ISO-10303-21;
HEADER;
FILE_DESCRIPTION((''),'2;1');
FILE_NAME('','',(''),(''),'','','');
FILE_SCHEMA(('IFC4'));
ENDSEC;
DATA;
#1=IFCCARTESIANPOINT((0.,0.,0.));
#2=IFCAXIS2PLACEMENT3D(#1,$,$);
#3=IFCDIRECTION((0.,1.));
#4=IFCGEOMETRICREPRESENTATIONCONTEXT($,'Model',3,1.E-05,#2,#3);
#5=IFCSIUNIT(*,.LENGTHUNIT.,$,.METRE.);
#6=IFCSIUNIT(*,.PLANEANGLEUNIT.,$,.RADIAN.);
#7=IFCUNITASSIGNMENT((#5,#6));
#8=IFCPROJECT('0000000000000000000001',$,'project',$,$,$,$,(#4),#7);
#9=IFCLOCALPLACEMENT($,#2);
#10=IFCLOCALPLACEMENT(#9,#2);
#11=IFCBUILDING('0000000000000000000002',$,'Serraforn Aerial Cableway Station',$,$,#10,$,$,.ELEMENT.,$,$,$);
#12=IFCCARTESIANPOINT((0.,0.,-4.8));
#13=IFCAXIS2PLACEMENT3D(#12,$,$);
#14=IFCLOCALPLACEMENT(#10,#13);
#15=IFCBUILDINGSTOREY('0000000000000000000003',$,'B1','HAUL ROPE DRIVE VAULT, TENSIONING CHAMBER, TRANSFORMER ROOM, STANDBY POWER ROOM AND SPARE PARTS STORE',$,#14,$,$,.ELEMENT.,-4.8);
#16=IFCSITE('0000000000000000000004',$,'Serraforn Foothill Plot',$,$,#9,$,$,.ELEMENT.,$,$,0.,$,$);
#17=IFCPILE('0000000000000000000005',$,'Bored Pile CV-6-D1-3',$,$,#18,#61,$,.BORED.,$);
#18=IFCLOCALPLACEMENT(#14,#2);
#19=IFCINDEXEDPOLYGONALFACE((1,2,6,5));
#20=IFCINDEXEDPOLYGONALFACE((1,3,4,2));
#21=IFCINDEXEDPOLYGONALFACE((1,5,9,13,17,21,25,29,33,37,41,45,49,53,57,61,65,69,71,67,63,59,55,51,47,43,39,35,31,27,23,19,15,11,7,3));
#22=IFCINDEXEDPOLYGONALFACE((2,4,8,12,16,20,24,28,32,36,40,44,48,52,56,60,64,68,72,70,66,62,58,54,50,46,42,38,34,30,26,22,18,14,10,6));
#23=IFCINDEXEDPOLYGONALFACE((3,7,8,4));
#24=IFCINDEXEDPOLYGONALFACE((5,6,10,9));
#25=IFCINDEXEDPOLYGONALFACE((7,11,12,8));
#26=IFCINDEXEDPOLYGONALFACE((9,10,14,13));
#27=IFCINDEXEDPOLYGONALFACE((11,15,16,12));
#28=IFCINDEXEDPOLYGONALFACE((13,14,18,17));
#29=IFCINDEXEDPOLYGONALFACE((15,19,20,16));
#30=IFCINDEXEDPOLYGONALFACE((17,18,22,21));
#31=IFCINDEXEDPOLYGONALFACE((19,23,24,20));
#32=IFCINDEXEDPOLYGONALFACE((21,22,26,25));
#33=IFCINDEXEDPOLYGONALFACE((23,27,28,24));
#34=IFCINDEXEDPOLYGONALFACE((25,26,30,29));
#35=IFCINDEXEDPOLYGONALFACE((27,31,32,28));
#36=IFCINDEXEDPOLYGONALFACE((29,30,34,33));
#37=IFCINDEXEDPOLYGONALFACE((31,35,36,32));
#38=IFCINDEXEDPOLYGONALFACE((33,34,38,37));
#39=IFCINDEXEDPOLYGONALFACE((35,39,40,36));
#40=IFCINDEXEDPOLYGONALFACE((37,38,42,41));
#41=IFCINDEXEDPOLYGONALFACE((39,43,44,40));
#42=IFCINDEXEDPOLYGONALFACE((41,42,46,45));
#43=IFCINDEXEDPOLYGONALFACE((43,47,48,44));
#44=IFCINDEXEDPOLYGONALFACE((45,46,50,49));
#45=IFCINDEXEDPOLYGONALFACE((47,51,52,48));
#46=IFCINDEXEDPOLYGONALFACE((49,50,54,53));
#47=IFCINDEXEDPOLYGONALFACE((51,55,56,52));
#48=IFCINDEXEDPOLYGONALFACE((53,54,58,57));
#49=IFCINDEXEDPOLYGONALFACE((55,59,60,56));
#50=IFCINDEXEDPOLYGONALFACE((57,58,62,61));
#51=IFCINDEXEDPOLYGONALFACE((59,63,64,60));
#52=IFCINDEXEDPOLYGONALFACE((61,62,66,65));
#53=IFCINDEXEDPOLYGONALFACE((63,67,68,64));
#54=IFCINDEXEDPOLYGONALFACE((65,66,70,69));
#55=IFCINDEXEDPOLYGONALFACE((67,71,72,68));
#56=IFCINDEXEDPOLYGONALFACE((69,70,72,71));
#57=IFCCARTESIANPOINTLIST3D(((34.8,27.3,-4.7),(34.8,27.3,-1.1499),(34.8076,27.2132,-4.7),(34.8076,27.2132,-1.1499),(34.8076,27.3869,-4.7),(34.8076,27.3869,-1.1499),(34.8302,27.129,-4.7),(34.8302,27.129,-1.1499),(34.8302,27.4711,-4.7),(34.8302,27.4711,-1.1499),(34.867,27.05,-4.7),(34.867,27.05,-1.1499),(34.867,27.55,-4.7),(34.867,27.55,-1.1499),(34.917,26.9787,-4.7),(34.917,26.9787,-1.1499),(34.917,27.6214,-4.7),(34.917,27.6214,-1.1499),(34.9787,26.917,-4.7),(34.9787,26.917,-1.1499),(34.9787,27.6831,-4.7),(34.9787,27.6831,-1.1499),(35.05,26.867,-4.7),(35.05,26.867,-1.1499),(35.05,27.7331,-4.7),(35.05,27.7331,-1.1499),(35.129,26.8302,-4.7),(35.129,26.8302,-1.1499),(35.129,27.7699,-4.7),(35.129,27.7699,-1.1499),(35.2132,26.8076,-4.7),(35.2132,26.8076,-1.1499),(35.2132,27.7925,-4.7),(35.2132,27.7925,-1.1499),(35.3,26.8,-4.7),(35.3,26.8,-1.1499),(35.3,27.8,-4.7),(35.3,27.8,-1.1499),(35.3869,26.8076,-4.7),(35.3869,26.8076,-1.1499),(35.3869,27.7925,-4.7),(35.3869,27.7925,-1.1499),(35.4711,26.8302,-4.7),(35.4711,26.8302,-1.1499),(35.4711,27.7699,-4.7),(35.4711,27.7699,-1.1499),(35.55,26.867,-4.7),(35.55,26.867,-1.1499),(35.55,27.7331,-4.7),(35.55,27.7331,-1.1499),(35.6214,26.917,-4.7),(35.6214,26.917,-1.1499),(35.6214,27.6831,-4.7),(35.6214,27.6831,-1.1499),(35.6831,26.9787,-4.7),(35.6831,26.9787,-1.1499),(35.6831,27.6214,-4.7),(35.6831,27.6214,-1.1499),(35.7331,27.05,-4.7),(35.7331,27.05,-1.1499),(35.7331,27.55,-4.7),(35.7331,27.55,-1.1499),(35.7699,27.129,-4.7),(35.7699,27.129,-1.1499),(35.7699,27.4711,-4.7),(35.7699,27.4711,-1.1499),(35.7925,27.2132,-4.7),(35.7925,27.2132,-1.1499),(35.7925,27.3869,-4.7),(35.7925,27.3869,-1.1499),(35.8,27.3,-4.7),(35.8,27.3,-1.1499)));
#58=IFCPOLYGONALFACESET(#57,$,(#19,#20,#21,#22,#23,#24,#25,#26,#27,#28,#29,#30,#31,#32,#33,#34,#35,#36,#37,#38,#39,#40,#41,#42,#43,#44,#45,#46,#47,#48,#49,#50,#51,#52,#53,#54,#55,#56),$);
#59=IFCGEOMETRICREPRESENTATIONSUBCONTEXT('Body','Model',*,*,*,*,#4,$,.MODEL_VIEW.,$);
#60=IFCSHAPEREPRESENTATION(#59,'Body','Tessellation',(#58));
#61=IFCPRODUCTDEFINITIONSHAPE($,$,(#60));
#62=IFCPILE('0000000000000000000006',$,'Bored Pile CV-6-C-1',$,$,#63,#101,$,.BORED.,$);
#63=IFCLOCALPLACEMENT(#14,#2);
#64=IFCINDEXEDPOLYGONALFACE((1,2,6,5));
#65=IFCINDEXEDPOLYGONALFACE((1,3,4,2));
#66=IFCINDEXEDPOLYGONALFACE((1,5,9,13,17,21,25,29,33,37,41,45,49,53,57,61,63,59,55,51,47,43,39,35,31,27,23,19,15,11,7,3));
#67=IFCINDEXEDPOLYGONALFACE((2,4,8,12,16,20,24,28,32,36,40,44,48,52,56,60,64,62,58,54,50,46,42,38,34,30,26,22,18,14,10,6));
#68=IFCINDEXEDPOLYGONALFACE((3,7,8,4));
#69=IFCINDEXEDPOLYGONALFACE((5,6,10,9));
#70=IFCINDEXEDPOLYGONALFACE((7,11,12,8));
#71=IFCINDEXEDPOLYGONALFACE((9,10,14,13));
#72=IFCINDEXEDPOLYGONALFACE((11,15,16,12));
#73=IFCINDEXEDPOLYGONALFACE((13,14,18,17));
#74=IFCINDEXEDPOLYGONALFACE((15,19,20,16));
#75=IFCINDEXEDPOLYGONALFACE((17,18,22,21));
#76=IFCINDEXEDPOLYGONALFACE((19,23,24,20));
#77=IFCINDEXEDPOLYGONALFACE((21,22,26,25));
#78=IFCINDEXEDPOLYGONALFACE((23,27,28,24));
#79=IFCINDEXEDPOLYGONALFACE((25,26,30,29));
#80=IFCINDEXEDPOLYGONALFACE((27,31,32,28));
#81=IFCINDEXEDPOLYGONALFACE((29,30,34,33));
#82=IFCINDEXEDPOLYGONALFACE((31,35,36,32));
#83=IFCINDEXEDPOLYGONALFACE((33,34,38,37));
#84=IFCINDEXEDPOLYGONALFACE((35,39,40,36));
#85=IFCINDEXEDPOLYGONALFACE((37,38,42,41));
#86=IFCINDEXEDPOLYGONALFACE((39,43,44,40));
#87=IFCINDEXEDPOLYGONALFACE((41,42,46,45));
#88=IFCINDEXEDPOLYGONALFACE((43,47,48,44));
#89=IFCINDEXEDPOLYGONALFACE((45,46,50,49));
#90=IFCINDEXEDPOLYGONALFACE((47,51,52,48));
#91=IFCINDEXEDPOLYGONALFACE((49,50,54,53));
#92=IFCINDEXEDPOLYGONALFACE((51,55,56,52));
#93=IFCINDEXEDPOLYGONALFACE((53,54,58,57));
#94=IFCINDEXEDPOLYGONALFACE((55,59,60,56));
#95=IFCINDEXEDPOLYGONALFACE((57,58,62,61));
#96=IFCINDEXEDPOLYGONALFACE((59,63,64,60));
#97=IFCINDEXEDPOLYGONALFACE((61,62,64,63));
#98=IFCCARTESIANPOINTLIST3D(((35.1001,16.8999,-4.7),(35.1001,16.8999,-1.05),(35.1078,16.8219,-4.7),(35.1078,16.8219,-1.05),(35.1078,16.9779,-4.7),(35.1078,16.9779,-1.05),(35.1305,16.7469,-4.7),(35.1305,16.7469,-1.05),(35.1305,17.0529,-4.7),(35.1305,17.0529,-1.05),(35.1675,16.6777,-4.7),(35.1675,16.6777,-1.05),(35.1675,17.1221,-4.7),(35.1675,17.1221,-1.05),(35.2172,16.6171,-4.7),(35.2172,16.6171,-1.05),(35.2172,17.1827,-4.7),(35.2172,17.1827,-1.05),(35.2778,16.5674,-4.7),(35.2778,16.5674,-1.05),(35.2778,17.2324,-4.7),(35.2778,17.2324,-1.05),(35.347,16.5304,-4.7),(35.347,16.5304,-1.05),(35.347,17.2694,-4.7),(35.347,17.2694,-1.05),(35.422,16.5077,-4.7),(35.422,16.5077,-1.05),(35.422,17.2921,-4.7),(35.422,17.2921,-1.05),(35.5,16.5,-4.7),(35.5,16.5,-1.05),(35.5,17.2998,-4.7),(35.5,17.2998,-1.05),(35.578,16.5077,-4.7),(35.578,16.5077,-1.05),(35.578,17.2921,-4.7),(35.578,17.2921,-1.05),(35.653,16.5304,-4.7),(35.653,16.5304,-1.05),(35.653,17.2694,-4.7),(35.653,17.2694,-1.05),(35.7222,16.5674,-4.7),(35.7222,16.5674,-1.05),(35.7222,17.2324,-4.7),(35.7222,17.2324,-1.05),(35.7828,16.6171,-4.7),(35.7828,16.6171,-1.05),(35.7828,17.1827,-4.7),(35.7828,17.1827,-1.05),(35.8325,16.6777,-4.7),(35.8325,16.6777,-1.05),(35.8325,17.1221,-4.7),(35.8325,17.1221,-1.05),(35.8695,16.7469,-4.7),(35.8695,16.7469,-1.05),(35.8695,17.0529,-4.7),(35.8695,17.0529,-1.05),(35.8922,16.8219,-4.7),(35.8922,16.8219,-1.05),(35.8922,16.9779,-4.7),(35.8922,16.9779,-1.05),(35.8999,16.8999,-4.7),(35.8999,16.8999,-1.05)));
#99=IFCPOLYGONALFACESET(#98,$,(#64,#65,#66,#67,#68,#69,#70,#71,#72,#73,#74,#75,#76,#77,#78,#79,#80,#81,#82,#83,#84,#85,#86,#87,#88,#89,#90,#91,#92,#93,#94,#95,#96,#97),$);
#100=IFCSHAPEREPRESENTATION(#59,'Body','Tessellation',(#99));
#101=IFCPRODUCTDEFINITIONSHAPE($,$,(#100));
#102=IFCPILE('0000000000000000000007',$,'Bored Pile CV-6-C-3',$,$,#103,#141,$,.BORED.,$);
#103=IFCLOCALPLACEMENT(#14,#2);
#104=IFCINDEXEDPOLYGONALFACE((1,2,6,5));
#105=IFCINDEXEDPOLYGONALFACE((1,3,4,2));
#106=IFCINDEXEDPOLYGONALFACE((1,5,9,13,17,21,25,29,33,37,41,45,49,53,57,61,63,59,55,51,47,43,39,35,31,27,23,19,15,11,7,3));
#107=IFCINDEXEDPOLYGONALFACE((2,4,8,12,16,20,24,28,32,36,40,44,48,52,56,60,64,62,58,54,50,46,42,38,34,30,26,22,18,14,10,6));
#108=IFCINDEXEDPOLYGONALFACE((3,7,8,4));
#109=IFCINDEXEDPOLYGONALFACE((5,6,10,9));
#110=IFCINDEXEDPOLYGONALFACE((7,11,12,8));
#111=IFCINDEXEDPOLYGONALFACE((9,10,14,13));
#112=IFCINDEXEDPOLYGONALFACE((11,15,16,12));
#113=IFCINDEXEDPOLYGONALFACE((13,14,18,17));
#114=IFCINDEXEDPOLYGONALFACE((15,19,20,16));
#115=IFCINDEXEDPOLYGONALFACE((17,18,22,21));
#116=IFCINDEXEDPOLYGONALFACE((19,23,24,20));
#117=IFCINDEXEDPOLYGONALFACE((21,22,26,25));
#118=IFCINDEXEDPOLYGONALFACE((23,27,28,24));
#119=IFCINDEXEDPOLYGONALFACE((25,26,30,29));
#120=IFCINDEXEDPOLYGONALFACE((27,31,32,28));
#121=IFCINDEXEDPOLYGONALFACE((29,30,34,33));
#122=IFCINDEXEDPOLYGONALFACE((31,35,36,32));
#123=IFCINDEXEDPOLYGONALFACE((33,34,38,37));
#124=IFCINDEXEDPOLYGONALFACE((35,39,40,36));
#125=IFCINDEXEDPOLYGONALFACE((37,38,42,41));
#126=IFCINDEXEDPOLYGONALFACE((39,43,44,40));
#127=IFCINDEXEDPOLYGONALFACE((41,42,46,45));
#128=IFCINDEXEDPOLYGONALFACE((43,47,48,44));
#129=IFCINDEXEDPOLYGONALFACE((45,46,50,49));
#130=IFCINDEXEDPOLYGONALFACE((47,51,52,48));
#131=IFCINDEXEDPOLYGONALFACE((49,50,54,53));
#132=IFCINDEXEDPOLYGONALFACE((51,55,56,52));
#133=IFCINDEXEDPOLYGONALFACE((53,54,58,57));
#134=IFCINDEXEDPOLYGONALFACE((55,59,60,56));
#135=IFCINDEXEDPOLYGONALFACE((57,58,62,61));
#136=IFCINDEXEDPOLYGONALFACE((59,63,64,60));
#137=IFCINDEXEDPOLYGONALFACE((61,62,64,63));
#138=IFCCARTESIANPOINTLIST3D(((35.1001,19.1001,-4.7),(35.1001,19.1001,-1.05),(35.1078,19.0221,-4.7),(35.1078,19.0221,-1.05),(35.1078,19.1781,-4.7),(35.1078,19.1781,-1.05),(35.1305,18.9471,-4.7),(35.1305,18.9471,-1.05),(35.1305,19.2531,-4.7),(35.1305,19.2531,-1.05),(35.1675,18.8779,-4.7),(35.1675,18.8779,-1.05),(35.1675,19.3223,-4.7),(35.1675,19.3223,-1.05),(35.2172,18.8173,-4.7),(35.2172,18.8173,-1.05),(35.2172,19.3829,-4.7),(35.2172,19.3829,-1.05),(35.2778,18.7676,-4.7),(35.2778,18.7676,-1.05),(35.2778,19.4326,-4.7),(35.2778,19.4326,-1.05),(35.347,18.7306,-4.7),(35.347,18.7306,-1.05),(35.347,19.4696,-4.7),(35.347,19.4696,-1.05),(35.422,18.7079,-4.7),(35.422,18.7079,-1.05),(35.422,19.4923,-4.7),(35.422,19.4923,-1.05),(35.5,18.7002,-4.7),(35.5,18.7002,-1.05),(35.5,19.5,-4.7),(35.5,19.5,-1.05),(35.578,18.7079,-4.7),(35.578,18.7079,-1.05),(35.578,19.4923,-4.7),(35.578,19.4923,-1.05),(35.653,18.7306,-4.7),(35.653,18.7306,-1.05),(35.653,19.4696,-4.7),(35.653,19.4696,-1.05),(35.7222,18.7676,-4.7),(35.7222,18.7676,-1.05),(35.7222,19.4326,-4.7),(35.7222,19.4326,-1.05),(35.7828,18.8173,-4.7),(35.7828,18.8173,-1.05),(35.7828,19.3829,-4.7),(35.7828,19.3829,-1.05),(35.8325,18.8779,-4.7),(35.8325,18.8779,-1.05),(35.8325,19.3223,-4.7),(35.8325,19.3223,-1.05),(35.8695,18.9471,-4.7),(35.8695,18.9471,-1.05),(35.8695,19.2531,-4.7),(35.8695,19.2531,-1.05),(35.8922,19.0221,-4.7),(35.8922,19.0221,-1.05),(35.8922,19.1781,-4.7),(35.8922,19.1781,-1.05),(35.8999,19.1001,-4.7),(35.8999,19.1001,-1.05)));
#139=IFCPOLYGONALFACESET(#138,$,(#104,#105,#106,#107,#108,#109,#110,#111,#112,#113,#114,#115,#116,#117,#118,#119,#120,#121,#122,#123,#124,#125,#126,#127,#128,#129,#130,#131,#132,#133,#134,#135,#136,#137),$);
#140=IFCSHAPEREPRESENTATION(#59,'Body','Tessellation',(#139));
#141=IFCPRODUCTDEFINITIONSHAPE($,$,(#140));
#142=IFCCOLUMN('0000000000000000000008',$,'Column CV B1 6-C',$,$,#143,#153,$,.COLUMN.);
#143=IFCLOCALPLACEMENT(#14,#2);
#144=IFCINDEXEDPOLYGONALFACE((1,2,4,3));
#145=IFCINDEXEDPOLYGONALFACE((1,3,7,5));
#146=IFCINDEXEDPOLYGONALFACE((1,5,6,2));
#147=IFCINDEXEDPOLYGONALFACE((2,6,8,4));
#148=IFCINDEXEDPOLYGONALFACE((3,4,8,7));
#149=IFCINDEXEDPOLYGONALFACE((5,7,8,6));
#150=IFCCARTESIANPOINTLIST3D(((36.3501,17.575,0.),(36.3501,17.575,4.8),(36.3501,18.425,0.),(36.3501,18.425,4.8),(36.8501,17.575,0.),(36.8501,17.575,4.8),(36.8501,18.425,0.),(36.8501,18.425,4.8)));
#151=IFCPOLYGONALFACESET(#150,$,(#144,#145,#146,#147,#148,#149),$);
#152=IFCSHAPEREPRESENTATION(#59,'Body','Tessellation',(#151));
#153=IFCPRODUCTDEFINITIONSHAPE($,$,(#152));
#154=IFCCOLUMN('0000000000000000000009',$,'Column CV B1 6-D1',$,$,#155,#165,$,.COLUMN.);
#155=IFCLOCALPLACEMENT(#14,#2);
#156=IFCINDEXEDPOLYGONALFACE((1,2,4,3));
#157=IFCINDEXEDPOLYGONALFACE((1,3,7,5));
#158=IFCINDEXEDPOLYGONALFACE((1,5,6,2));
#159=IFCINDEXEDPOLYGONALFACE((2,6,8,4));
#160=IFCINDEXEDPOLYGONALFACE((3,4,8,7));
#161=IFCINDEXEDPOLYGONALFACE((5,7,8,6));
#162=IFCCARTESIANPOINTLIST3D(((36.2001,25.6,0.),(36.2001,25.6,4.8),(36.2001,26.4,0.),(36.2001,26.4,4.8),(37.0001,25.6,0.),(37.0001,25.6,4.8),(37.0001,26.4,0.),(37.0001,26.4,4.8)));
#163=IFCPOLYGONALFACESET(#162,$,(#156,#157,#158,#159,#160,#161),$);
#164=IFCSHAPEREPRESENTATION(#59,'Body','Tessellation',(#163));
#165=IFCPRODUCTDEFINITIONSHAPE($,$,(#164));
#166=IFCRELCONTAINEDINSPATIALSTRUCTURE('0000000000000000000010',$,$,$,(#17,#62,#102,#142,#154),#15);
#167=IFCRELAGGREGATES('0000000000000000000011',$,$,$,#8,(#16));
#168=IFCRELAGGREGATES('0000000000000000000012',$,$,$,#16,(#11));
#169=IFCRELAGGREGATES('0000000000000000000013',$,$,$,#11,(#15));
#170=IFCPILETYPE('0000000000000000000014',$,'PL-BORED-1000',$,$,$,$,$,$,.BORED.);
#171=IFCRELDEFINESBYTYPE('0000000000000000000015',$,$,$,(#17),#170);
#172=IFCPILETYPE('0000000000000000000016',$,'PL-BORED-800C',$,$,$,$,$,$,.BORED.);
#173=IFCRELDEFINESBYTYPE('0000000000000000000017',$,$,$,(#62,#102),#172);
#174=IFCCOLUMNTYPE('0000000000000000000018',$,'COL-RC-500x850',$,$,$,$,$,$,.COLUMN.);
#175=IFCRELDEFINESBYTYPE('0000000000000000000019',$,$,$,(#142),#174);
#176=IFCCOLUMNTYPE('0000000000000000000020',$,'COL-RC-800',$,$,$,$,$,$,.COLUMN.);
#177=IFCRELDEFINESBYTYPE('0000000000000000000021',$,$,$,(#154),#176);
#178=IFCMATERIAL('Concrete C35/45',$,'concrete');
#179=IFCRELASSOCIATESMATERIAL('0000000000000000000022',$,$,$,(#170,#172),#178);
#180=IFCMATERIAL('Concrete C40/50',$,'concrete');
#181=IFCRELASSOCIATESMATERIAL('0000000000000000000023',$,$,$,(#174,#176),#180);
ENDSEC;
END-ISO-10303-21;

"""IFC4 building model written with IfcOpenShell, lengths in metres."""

from ifc_helpers import new_model, si_unit, direction, frame, origin, origin_2d, place, context, subcontext, project, spatial, rectangle, circle, extrude, material, material_profile, profile_set, type_object, element, save


model = new_model("IFC4")

# Units and contexts
model_context = context("Model", 3, precision=1e-05, world=origin(), true_north=direction((0.0, 1.0)))
body_context = subcontext(model_context, "Body", "Model", "MODEL_VIEW")
ifc_project = project(units=[si_unit("LENGTHUNIT", "METRE"), si_unit("PLANEANGLEUNIT", "RADIAN")], contexts=[model_context])

# Site, building, storey
site_placement = place(None, origin())
site = spatial("IfcSite", under=ifc_project, at=site_placement, Name="Serraforn Foothill Plot", CompositionType="ELEMENT", RefElevation=0.0)
building_placement = place(site_placement, origin())
building = spatial("IfcBuilding", under=site, at=building_placement, Name="Serraforn Aerial Cableway Station", CompositionType="ELEMENT")
storey_placement = place(building_placement, frame((0.0, 0.0, -4.8)))
storey = spatial("IfcBuildingStorey", under=building, at=storey_placement, Name="B1", Description="HAUL ROPE DRIVE VAULT, TENSIONING CHAMBER, TRANSFORMER ROOM, STANDBY POWER ROOM AND SPARE PARTS STORE", CompositionType="ELEMENT", Elevation=-4.8)

# Shared definitions
ifc_material_1 = material(Name="Concrete C35/45", Category="concrete")
ifc_material_2 = material(Name="Concrete C40/50", Category="concrete")

# Piles
ifc_material_profile_1 = material_profile(ifc_material_1, circle(Radius=0.5, at=origin_2d()), Name="BORED PILE D1000")
ifc_profile_set_1 = profile_set([ifc_material_profile_1], Name="Concrete C35/45")
pile_type_1 = type_object("IfcPileType", Name="PL-BORED-1000", PredefinedType="BORED", material=ifc_profile_set_1)
for number, where, z_axis, x_axis, name in (
    (1, (35.3, 27.3, -1.1499), (0.0, 0.0, -1.0), (1.0, 0.0, 0.0), "Bored Pile CV-6-D1-3"),
):
    element("IfcPile", number, at=place(storey_placement, frame(where, z_axis=z_axis, x_axis=x_axis)), inside=storey, type_object=pile_type_1, Name=name, PredefinedType="BORED", context=body_context, shape_type="SweptSolid", body=[
        extrude(circle(Radius=0.5, at=origin_2d()), origin(), (0.0, 0.0, 1.0), 3.55),
    ])
ifc_material_profile_2 = material_profile(ifc_material_1, circle(Radius=0.3999, at=origin_2d()), Name="BORED PILE D800")
ifc_profile_set_2 = profile_set([ifc_material_profile_2], Name="Concrete C35/45")
pile_type_2 = type_object("IfcPileType", Name="PL-BORED-800C", PredefinedType="BORED", material=ifc_profile_set_2)
for number, where, z_axis, x_axis, name in (
    (2, (35.5, 16.8999, -1.05), (0.0, 0.0, -1.0), (1.0, 0.0, 0.0), "Bored Pile CV-6-C-1"),
    (3, (35.5, 19.1001, -1.05), (0.0, 0.0, -1.0), (1.0, 0.0, 0.0), "Bored Pile CV-6-C-3"),
):
    element("IfcPile", number, at=place(storey_placement, frame(where, z_axis=z_axis, x_axis=x_axis)), inside=storey, type_object=pile_type_2, Name=name, PredefinedType="BORED", context=body_context, shape_type="SweptSolid", body=[
        extrude(circle(Radius=0.3999, at=origin_2d()), origin(), (0.0, 0.0, 1.0), 3.6499),
    ])

# Columns
ifc_material_profile_3 = material_profile(ifc_material_2, rectangle(XDim=0.5, YDim=0.8501, at=origin_2d()), Name="RC 500x850")
ifc_profile_set_3 = profile_set([ifc_material_profile_3], Name="Concrete C40/50")
column_type_1 = type_object("IfcColumnType", Name="COL-RC-500x850", PredefinedType="COLUMN", material=ifc_profile_set_3)
column_1_placement = place(storey_placement, frame((36.6001, 18.0, 0.0), z_axis=(0.0, 0.0, 1.0), x_axis=(1.0, 0.0, 0.0)))
element("IfcColumn", 4, at=column_1_placement, inside=storey, type_object=column_type_1, Name="Column CV B1 6-C", PredefinedType="COLUMN", context=body_context, shape_type="SweptSolid", body=[
    extrude(rectangle(XDim=0.5, YDim=0.8501, at=origin_2d()), origin(), (0.0, 0.0, 1.0), 4.8),
])
ifc_material_profile_4 = material_profile(ifc_material_2, rectangle(XDim=0.8, YDim=0.8, at=origin_2d()), Name="RC 800x800")
ifc_profile_set_4 = profile_set([ifc_material_profile_4], Name="Concrete C40/50")
column_type_2 = type_object("IfcColumnType", Name="COL-RC-800", PredefinedType="COLUMN", material=ifc_profile_set_4)
column_2_placement = place(storey_placement, frame((36.6001, 26.0, 0.0), z_axis=(0.0, 0.0, 1.0), x_axis=(1.0, 0.0, 0.0)))
element("IfcColumn", 5, at=column_2_placement, inside=storey, type_object=column_type_2, Name="Column CV B1 6-D1", PredefinedType="COLUMN", context=body_context, shape_type="SweptSolid", body=[
    extrude(rectangle(XDim=0.8, YDim=0.8, at=origin_2d()), origin(), (0.0, 0.0, 1.0), 4.8),
])

save(model, "model.ifc")
